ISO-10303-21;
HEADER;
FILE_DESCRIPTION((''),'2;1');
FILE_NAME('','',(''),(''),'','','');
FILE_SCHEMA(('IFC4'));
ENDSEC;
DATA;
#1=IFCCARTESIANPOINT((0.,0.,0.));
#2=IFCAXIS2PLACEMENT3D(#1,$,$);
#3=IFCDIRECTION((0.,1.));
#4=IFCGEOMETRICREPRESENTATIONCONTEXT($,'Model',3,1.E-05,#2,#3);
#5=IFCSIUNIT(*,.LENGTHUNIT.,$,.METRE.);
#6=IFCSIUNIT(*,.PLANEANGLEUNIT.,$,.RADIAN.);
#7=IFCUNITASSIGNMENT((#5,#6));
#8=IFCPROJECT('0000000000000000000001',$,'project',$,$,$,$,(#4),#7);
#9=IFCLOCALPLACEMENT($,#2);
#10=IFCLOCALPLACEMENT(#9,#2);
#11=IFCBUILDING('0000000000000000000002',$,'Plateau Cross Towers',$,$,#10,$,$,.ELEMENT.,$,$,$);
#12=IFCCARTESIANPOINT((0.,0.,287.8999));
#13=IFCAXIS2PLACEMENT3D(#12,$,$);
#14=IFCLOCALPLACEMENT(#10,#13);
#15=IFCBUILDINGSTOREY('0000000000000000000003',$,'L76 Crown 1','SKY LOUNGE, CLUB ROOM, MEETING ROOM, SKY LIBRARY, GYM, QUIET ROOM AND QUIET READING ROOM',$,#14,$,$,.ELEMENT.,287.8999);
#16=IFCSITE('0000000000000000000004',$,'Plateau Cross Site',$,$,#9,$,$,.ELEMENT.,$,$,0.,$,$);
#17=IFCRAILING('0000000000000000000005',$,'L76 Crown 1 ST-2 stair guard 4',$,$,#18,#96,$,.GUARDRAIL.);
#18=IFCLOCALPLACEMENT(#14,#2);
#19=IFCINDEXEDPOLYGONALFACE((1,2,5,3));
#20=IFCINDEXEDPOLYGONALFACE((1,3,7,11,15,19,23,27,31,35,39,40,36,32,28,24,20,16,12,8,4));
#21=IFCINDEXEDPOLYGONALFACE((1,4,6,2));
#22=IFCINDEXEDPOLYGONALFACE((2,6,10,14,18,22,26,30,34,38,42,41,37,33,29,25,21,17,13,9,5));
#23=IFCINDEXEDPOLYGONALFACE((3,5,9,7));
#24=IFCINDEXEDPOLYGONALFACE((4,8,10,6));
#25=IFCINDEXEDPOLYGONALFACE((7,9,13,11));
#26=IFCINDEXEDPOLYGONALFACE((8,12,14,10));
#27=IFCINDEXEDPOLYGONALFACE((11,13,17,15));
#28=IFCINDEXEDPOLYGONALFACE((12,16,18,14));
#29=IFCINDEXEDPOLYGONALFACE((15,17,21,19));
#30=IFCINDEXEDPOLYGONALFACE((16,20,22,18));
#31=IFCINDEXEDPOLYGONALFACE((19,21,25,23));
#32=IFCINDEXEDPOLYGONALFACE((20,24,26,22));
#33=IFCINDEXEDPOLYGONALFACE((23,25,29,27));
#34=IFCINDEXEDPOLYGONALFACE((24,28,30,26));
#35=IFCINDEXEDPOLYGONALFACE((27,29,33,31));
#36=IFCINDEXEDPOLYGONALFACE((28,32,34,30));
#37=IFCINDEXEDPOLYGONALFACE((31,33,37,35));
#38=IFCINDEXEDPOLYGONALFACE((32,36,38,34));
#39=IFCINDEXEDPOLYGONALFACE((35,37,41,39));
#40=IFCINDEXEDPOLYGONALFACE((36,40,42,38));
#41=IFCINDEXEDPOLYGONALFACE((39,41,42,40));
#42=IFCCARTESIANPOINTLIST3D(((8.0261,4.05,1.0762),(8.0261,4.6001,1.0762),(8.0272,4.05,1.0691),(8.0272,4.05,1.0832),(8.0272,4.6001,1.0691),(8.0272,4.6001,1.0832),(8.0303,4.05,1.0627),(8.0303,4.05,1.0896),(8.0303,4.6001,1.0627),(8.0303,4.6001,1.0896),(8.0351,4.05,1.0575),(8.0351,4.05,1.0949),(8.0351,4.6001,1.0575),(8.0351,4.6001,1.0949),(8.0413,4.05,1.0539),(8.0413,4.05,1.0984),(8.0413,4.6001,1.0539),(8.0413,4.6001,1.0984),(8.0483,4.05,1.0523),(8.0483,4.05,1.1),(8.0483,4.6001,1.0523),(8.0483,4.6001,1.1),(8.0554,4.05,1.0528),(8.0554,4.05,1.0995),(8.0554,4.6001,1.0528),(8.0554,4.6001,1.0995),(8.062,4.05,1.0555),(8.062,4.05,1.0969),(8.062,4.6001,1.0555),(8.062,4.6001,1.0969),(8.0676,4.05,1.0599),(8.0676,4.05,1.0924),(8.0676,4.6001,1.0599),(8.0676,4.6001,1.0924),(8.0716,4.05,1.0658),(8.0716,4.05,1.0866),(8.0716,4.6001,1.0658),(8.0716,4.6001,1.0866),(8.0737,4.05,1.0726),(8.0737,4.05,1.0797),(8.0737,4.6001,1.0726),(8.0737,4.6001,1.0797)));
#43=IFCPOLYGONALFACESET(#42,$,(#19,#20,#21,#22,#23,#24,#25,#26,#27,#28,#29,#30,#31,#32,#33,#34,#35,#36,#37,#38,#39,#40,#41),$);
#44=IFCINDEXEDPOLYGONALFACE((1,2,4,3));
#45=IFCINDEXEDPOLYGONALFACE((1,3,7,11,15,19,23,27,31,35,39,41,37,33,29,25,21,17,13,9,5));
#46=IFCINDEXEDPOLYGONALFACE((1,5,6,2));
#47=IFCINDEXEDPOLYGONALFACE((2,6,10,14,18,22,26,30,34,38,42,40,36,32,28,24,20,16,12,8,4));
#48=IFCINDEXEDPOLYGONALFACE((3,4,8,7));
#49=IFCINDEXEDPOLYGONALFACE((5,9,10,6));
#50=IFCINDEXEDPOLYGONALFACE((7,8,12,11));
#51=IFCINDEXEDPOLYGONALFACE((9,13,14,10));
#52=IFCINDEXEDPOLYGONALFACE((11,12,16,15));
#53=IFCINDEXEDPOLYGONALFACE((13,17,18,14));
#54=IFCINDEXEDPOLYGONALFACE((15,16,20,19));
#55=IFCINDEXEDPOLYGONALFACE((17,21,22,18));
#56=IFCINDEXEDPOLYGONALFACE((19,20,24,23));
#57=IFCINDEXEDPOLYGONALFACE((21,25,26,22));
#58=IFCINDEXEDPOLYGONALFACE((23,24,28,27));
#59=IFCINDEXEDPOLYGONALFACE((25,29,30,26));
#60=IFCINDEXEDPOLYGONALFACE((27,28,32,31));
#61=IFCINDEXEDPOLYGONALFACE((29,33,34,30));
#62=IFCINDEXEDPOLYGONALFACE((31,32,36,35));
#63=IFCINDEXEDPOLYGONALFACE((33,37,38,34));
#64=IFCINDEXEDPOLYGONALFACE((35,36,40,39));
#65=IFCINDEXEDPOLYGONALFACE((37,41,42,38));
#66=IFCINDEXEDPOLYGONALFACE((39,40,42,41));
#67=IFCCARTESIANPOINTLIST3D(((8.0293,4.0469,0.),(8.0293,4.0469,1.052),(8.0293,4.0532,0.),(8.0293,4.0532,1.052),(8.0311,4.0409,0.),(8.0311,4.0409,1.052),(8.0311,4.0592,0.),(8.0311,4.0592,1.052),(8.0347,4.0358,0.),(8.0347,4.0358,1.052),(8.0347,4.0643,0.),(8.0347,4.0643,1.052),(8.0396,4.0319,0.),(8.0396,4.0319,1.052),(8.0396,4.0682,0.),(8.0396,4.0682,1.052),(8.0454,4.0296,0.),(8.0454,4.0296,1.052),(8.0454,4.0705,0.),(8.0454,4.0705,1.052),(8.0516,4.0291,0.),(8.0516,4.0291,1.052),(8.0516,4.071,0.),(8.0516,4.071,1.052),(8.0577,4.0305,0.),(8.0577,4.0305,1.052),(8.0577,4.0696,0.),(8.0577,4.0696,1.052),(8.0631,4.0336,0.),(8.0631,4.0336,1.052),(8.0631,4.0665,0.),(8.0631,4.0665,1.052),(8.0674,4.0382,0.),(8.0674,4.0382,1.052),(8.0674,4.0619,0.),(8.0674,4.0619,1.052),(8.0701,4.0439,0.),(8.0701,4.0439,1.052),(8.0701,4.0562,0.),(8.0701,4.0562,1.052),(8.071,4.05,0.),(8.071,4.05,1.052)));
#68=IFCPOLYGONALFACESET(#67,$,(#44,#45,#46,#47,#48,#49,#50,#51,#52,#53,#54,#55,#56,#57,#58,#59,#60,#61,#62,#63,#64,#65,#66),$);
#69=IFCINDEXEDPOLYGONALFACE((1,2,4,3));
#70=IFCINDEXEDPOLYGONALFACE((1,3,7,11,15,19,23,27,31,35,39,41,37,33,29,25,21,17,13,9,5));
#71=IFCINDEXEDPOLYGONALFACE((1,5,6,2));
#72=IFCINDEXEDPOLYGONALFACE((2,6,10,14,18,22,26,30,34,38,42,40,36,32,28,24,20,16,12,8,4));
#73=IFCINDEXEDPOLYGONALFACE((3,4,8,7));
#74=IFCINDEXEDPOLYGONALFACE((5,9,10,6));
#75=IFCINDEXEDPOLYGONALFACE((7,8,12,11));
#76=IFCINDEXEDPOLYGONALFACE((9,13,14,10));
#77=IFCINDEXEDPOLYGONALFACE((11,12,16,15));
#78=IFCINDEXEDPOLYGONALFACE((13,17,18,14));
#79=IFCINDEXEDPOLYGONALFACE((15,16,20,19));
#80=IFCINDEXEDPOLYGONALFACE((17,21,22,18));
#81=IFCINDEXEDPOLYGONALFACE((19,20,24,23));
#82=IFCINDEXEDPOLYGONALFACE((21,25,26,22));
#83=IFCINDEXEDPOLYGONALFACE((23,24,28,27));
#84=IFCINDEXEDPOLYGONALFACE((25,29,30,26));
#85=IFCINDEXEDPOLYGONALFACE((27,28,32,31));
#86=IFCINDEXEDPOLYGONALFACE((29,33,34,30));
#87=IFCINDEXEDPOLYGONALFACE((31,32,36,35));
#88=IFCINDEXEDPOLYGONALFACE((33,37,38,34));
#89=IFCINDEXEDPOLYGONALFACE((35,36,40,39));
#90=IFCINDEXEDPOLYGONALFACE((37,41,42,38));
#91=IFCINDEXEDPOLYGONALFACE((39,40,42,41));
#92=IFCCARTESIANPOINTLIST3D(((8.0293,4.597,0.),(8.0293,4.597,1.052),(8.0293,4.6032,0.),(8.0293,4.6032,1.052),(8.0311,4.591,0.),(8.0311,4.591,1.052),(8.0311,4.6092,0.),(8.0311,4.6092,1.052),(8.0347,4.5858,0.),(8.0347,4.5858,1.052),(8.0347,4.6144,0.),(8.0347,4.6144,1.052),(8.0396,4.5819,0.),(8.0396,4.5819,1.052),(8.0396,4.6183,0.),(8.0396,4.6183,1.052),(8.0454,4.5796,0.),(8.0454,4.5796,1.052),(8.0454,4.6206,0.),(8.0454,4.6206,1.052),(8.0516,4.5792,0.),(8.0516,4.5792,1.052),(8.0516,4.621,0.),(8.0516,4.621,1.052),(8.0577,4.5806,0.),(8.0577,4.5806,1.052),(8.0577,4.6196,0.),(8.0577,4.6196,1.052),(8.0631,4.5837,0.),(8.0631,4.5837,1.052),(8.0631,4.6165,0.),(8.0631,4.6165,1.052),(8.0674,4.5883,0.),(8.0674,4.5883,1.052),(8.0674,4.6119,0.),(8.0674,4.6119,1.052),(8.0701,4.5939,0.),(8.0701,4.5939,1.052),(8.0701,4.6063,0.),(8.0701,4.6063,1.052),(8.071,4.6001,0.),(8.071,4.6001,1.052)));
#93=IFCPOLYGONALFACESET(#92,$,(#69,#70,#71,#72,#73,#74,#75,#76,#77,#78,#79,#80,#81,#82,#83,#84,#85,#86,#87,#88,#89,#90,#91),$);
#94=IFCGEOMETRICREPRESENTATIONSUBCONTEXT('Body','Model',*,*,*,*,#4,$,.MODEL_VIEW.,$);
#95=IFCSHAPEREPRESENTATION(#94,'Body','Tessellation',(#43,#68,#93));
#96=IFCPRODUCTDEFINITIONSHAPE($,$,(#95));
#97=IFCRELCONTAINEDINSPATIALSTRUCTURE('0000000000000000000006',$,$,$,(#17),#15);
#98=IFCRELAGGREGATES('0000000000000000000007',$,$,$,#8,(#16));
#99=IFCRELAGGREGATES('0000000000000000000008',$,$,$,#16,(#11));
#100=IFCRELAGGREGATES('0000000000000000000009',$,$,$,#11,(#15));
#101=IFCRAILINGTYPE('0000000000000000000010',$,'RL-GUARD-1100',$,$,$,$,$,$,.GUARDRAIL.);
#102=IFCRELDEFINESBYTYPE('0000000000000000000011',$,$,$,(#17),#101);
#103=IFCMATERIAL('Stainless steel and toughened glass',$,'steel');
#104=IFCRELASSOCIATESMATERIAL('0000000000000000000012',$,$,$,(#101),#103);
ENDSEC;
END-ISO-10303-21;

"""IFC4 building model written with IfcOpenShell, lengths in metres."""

from ifc_helpers import new_model, si_unit, direction, frame, origin, origin_2d, place, context, subcontext, project, spatial, circle, extrude, material, type_object, element, save


model = new_model("IFC4")

# Units and contexts
model_context = context("Model", 3, precision=1e-05, world=origin(), true_north=direction((0.0, 1.0)))
body_context = subcontext(model_context, "Body", "Model", "MODEL_VIEW")
ifc_project = project(units=[si_unit("LENGTHUNIT", "METRE"), si_unit("PLANEANGLEUNIT", "RADIAN")], contexts=[model_context])

# Site, building, storey
site_placement = place(None, origin())
site = spatial("IfcSite", under=ifc_project, at=site_placement, Name="Plateau Cross Site", CompositionType="ELEMENT", RefElevation=0.0)
building_placement = place(site_placement, origin())
building = spatial("IfcBuilding", under=site, at=building_placement, Name="Plateau Cross Towers", CompositionType="ELEMENT")
storey_placement = place(building_placement, frame((0.0, 0.0, 287.8999)))
storey = spatial("IfcBuildingStorey", under=building, at=storey_placement, Name="L76 Crown 1", Description="SKY LOUNGE, CLUB ROOM, MEETING ROOM, SKY LIBRARY, GYM, QUIET ROOM AND QUIET READING ROOM", CompositionType="ELEMENT", Elevation=287.8999)

# Railing
ifc_material_1 = material(Name="Stainless steel and toughened glass", Category="steel")
railing_type_1 = type_object("IfcRailingType", Name="RL-GUARD-1100", PredefinedType="GUARDRAIL", material=ifc_material_1)
railing_1_placement = place(storey_placement, frame((8.05, 4.05, 0.0)))
element("IfcRailing", 1, at=railing_1_placement, inside=storey, type_object=railing_type_1, Name="L76 Crown 1 ST-2 stair guard 4", PredefinedType="GUARDRAIL", context=body_context, shape_type="SweptSolid", body=[
    extrude(circle(Radius=0.0239, at=origin_2d()), frame((0.0, 0.0, 1.0762), z_axis=(0.0, 1.0, 0.0), x_axis=(-1.0, 0.0, 0.0)), (0.0, 0.0, 1.0), 0.55),
    extrude(circle(Radius=0.021, at=origin_2d()), origin(), (0.0, 0.0, 1.0), 1.052),
    extrude(circle(Radius=0.021, at=origin_2d()), frame((0.0, 0.55, 0.0)), (0.0, 0.0, 1.0), 1.052),
])

save(model, "model.ifc")
